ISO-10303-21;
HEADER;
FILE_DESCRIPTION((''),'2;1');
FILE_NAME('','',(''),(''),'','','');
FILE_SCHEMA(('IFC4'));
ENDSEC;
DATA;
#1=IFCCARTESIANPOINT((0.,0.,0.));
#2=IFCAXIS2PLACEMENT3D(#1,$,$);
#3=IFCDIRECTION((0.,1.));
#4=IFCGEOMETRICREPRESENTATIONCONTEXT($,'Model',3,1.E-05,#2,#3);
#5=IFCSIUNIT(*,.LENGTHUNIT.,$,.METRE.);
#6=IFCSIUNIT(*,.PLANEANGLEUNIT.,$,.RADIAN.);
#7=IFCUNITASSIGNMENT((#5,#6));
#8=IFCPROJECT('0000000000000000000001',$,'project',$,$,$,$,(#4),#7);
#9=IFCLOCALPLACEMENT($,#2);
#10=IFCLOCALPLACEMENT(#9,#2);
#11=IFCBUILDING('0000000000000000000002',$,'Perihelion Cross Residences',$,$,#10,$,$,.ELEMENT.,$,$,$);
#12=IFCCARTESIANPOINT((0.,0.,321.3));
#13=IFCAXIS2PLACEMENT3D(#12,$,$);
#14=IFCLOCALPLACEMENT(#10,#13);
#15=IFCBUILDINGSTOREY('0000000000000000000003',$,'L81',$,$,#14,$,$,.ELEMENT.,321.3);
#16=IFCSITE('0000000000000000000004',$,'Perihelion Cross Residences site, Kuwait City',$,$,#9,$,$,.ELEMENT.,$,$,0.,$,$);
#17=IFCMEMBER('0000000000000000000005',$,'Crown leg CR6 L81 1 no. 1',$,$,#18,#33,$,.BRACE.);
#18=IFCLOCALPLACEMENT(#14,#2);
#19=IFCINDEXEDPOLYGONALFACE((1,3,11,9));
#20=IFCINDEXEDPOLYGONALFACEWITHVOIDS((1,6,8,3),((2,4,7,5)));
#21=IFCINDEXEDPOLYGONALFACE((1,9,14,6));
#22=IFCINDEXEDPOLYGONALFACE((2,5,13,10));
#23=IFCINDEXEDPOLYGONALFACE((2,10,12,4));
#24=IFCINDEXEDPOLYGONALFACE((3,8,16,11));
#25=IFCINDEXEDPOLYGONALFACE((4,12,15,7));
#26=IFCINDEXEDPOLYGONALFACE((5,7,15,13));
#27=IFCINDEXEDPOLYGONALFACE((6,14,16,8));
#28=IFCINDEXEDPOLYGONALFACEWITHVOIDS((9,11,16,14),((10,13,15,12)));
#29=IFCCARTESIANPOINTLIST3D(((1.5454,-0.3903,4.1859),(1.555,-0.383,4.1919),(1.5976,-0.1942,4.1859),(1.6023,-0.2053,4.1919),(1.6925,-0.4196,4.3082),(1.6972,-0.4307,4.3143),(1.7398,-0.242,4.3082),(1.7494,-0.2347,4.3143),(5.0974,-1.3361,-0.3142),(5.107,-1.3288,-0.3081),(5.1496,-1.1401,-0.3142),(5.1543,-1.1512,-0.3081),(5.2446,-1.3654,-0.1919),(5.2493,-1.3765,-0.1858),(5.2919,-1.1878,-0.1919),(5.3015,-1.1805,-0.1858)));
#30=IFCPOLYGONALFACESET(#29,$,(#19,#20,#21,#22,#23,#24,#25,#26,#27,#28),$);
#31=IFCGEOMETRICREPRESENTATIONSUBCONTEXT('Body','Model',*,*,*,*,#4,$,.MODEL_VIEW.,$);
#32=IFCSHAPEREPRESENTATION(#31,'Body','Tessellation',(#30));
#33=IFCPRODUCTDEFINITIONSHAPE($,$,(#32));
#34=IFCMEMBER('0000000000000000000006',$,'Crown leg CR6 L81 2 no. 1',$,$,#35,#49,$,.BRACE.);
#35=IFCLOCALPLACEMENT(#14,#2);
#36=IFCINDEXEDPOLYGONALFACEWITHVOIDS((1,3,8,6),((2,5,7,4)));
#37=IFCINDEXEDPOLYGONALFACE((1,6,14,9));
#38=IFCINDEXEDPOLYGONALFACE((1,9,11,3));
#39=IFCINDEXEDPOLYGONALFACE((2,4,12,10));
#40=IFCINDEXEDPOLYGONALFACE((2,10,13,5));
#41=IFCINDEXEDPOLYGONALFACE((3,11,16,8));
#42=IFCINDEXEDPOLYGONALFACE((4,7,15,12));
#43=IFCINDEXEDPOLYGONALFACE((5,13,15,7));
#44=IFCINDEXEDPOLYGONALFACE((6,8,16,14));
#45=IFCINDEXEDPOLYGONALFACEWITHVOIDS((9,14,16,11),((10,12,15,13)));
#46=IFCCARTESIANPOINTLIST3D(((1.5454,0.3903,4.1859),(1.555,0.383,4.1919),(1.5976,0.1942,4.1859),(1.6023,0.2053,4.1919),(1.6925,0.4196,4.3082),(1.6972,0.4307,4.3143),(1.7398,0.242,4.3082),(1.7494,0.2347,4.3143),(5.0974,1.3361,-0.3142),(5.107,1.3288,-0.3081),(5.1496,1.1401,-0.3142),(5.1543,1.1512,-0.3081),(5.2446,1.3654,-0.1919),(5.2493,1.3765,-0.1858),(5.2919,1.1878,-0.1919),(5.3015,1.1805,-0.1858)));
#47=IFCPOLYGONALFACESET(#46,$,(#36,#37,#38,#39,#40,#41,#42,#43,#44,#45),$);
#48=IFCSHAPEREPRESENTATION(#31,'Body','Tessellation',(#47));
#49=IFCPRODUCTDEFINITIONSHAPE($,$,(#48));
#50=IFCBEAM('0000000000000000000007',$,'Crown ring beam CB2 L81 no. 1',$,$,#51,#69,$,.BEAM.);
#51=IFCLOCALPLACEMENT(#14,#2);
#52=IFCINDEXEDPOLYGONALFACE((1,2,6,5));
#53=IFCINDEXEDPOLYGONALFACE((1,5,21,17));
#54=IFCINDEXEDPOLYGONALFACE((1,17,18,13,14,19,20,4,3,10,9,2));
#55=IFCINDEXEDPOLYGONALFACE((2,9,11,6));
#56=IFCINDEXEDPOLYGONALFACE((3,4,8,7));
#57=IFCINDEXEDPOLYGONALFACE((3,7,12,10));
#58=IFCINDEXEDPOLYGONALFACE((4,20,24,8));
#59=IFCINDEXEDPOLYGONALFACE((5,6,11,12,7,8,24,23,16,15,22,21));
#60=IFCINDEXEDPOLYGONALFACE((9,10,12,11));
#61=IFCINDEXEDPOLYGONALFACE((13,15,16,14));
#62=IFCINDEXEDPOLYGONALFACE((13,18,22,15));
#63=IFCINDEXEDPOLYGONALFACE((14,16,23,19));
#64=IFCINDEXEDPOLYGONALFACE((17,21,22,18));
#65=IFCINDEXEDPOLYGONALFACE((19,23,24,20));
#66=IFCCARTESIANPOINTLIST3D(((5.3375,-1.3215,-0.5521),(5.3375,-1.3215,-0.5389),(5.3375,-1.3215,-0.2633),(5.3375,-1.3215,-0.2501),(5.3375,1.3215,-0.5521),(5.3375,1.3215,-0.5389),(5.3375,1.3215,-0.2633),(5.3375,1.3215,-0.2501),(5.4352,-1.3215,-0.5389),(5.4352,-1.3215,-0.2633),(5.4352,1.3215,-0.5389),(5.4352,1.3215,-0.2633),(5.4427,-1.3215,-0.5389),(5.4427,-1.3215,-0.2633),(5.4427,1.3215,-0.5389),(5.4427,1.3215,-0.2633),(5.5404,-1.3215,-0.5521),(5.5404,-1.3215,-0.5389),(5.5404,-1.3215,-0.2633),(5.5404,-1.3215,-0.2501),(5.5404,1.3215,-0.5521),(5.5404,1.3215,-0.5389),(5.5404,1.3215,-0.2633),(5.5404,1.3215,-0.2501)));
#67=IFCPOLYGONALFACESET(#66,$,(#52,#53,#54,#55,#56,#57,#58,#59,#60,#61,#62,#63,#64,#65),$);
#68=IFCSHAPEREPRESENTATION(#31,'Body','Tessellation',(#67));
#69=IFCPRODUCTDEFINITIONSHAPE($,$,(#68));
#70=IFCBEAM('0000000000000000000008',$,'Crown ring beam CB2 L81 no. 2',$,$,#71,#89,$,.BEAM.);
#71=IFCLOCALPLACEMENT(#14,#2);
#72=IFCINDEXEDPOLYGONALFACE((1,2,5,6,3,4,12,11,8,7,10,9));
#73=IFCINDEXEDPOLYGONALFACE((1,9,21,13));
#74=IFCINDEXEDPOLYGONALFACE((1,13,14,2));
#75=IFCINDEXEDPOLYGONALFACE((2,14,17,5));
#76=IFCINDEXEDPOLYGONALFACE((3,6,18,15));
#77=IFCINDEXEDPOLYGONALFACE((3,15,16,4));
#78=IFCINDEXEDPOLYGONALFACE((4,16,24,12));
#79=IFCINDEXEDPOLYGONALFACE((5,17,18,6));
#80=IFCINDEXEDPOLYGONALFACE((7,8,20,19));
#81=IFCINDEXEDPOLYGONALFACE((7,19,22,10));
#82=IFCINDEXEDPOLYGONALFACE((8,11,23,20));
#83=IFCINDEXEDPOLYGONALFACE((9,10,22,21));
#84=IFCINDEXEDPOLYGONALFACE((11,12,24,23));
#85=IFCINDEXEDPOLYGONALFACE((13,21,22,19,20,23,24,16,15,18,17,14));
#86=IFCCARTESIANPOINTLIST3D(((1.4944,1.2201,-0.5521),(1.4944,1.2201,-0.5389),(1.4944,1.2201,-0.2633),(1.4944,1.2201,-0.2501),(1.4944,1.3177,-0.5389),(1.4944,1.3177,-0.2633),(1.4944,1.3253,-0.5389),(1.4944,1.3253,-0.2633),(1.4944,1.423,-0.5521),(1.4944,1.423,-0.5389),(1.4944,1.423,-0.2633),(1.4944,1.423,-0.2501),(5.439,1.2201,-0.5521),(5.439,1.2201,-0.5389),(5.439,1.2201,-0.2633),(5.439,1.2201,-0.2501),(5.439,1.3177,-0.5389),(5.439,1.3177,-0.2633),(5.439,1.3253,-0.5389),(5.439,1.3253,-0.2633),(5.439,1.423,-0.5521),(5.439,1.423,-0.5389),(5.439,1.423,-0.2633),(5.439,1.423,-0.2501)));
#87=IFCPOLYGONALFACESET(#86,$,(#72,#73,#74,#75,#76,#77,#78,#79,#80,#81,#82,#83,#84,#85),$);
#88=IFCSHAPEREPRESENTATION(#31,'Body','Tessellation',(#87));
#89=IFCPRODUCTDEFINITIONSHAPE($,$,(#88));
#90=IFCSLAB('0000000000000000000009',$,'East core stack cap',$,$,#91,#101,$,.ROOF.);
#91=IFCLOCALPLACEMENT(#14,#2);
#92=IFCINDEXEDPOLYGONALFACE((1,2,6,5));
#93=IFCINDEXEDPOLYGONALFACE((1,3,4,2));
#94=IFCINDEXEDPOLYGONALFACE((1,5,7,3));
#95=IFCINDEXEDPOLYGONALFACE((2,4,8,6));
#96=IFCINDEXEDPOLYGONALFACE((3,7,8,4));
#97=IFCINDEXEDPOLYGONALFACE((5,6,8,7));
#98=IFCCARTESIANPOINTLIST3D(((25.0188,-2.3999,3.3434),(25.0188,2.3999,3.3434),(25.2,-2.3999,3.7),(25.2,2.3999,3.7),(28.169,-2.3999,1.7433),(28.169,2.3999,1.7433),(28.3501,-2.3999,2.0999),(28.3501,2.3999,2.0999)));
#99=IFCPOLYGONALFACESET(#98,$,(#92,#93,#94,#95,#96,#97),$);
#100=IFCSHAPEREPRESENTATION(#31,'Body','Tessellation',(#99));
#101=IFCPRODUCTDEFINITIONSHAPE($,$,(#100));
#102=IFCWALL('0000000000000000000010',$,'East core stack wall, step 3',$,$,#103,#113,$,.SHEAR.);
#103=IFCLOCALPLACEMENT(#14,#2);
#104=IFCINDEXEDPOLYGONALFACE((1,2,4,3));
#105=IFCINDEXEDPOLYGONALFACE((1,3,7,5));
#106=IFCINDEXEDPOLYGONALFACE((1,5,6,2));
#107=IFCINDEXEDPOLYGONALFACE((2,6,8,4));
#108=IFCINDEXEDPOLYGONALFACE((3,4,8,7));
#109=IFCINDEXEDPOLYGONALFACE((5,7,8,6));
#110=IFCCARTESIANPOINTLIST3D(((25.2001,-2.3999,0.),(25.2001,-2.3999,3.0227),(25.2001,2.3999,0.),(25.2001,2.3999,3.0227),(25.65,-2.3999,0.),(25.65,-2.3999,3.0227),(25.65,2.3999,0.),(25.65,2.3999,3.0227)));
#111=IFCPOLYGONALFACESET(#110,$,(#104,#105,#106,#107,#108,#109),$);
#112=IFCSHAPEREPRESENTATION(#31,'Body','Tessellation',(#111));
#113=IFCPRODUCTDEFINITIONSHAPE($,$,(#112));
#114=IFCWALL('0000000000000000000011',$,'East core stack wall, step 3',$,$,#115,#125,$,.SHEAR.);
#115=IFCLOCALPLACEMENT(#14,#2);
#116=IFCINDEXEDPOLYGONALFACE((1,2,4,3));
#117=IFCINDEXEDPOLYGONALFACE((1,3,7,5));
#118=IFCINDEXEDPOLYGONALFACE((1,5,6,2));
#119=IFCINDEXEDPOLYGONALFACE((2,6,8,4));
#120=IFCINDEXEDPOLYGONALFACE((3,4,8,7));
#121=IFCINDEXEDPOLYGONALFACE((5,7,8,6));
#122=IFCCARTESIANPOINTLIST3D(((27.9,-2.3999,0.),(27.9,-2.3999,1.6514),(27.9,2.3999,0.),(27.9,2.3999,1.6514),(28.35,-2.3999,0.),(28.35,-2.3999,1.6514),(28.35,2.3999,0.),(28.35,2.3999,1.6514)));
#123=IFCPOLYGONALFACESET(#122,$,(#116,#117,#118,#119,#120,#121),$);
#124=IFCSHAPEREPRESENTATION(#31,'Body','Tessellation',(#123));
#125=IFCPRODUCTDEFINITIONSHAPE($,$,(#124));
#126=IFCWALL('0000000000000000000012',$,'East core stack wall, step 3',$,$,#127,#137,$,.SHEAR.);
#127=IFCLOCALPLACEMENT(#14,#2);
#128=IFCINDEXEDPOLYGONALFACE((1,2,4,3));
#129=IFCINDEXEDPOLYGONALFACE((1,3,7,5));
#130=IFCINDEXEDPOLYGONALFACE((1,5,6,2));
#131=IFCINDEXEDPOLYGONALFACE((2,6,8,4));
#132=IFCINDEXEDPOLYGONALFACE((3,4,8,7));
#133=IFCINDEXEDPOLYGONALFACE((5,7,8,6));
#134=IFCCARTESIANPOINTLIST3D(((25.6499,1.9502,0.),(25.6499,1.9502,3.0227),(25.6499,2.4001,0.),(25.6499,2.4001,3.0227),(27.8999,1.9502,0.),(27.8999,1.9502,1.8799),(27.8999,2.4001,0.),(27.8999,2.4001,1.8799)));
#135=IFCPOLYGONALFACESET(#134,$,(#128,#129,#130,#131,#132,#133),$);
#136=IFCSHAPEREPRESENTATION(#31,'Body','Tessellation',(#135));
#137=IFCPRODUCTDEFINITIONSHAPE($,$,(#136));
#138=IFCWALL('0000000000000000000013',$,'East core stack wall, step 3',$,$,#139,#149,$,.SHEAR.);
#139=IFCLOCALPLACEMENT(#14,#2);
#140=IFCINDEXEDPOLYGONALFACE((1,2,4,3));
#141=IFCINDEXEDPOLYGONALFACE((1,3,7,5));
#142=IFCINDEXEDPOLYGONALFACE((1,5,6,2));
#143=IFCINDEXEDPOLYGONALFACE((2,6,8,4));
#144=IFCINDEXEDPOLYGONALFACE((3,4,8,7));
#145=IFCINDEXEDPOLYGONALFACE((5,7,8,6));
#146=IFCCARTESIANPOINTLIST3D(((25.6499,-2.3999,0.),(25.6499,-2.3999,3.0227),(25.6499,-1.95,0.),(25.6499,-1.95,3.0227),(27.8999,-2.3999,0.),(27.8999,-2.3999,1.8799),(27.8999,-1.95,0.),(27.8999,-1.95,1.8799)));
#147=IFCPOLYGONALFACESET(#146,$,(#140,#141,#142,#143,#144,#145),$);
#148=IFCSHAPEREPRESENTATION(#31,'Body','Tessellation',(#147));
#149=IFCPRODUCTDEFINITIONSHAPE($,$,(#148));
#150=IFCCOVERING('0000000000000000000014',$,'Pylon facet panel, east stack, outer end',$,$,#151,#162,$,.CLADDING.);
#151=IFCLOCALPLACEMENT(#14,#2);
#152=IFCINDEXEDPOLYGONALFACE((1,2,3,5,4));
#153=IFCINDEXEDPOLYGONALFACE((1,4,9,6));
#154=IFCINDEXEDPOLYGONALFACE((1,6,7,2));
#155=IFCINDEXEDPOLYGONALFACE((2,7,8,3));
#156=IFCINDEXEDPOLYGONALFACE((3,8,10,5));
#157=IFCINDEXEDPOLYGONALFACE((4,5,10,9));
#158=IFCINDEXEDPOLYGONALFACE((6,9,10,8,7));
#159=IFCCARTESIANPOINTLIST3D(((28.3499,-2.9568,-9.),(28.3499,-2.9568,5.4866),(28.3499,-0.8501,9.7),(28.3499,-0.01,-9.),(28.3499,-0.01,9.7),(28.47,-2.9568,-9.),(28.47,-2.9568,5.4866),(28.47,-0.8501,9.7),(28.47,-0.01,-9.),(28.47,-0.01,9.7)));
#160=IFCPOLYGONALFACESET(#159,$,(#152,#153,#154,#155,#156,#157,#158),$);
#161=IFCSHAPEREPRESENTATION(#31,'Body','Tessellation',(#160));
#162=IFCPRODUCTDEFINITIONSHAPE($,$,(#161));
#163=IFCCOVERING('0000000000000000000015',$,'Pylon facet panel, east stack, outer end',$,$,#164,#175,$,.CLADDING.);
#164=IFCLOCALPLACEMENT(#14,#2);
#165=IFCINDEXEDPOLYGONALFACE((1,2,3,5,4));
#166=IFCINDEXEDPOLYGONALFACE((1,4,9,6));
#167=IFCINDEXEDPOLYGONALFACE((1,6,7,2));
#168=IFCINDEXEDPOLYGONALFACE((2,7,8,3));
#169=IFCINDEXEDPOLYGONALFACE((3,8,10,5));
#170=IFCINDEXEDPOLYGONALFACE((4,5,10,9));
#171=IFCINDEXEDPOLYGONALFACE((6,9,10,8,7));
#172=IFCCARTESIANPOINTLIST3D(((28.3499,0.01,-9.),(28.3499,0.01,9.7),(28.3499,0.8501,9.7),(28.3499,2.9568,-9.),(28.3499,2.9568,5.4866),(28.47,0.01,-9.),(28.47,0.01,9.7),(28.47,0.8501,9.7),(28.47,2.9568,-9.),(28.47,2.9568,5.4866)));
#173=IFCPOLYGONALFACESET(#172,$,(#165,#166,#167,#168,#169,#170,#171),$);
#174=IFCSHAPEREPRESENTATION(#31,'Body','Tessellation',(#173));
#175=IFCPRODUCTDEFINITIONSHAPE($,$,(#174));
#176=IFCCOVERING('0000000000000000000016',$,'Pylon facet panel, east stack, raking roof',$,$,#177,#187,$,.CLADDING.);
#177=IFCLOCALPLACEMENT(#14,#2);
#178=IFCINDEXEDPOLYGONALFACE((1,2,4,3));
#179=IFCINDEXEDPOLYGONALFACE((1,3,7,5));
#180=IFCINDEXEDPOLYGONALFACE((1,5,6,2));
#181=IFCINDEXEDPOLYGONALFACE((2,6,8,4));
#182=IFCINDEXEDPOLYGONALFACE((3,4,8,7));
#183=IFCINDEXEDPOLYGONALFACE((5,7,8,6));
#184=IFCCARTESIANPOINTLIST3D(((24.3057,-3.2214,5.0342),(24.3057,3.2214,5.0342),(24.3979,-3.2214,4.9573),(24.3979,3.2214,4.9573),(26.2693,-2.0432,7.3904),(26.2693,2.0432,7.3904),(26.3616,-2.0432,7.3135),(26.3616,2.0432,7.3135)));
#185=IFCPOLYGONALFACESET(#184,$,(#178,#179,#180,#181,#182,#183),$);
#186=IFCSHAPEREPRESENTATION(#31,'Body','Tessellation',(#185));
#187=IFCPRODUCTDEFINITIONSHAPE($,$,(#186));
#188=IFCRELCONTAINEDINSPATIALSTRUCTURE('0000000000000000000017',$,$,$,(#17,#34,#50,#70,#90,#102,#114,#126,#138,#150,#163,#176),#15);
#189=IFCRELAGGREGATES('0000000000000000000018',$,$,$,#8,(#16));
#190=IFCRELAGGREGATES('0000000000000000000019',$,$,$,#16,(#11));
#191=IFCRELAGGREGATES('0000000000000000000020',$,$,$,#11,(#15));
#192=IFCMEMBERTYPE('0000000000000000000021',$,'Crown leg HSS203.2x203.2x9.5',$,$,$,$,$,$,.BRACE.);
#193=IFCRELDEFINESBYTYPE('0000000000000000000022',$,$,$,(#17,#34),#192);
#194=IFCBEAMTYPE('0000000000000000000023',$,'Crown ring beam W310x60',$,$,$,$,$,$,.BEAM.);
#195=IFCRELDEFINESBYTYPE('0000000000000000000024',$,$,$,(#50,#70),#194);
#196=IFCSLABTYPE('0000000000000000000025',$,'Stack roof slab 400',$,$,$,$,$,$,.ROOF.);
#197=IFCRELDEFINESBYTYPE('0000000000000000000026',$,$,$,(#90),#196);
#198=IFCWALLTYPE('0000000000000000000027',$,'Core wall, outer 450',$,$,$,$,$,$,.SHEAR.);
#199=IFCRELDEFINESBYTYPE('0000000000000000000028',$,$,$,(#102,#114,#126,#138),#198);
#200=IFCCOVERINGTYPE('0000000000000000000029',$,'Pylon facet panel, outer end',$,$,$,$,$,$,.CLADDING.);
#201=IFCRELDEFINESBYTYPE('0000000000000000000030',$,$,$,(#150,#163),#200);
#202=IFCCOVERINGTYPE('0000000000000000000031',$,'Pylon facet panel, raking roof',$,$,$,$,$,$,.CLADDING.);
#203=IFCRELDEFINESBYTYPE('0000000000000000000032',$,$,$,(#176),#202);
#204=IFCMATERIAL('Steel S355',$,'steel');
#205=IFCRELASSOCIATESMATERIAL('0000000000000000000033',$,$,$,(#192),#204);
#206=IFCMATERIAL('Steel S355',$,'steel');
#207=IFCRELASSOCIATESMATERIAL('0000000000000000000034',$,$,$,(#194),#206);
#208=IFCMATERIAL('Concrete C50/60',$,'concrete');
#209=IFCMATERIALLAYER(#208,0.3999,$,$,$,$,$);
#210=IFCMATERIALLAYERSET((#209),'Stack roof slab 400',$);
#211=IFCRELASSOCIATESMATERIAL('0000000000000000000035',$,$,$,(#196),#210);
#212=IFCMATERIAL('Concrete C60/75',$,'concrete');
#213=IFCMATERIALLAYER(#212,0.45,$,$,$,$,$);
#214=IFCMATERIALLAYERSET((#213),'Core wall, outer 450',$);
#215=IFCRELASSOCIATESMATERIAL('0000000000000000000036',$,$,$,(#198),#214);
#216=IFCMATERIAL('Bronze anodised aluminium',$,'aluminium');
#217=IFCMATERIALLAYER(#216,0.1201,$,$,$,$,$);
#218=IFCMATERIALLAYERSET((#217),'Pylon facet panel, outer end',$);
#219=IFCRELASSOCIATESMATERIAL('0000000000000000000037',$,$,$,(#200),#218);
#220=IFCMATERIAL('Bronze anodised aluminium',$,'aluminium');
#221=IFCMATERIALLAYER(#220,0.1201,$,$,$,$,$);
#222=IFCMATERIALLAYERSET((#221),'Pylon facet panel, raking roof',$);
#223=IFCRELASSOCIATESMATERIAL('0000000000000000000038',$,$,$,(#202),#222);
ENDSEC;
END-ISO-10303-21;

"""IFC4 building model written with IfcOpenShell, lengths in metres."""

from ifc_helpers import new_model, si_unit, direction, frame, frame_2d, origin, origin_2d, place, context, subcontext, project, spatial, polyline, rectangle, hollow_rectangle, i_section, outline, extrude, material, layer, layer_set, material_profile, profile_set, type_object, element, save


model = new_model("IFC4")

# Units and contexts
model_context = context("Model", 3, precision=1e-05, world=origin(), true_north=direction((0.0, 1.0)))
body_context = subcontext(model_context, "Body", "Model", "MODEL_VIEW")
ifc_project = project(units=[si_unit("LENGTHUNIT", "METRE"), si_unit("PLANEANGLEUNIT", "RADIAN")], contexts=[model_context])

# Site, building, storey
site_placement = place(None, origin())
site = spatial("IfcSite", under=ifc_project, at=site_placement, Name="Perihelion Cross Residences site, Kuwait City", CompositionType="ELEMENT", RefElevation=0.0)
building_placement = place(site_placement, origin())
building = spatial("IfcBuilding", under=site, at=building_placement, Name="Perihelion Cross Residences", CompositionType="ELEMENT")
storey_placement = place(building_placement, frame((0.0, 0.0, 321.3)))
storey = spatial("IfcBuildingStorey", under=building, at=storey_placement, Name="L81", CompositionType="ELEMENT", Elevation=321.3)

# Members
ifc_material_1 = material(Name="Steel S355", Category="steel")
ifc_material_profile_1 = material_profile(ifc_material_1, hollow_rectangle(XDim=0.2029, YDim=0.2029, WallThickness=0.0095, at=origin_2d()), Name="HSS203.2x203.2x9.5")
ifc_profile_set_1 = profile_set([ifc_material_profile_1], Name="Steel S355")
member_type = type_object("IfcMemberType", Name="Crown leg HSS203.2x203.2x9.5", PredefinedType="BRACE", material=ifc_profile_set_1)
for number, where, z_axis, x_axis, name in (
    (1, (5.1995, -1.2583, -0.25), (-0.611313, 0.162776, 0.774468), (-0.257307, -0.96633, 0.0), "Crown leg CR6 L81 1 no. 1"),
    (2, (5.1995, 1.2583, -0.25), (-0.611313, -0.162776, 0.774468), (0.257307, -0.96633, 0.0), "Crown leg CR6 L81 2 no. 1"),
):
    element("IfcMember", number, at=place(storey_placement, frame(where, z_axis=z_axis, x_axis=x_axis)), inside=storey, type_object=member_type, Name=name, PredefinedType="BRACE", context=body_context, shape_type="SweptSolid", body=[
        extrude(hollow_rectangle(XDim=0.2029, YDim=0.2029, WallThickness=0.0095, at=origin_2d()), origin(), (0.0, 0.0, 1.0), 5.8105),
    ])

# Beams
ifc_material_2 = material(Name="Steel S355", Category="steel")
ifc_material_profile_2 = material_profile(ifc_material_2, i_section(OverallWidth=0.2029, OverallDepth=0.302, WebThickness=0.0076, FlangeThickness=0.0132, at=origin_2d()), Name="W310x60")
ifc_profile_set_2 = profile_set([ifc_material_profile_2], Name="Steel S355")
beam_type = type_object("IfcBeamType", Name="Crown ring beam W310x60", PredefinedType="BEAM", material=ifc_profile_set_2)
beam_1_placement = place(storey_placement, frame((5.439, -1.3215, -0.4011), z_axis=(0.0, 1.0, 0.0), x_axis=(-1.0, 0.0, 0.0)))
element("IfcBeam", 3, at=beam_1_placement, inside=storey, type_object=beam_type, Name="Crown ring beam CB2 L81 no. 1", PredefinedType="BEAM", context=body_context, shape_type="SweptSolid", body=[
    extrude(i_section(OverallWidth=0.2029, OverallDepth=0.302, WebThickness=0.0076, FlangeThickness=0.0132, at=origin_2d()), origin(), (0.0, 0.0, 1.0), 2.6431),
])
beam_2_placement = place(storey_placement, frame((5.439, 1.3215, -0.4011), z_axis=(-1.0, 0.0, 0.0), x_axis=(0.0, -1.0, 0.0)))
element("IfcBeam", 4, at=beam_2_placement, inside=storey, type_object=beam_type, Name="Crown ring beam CB2 L81 no. 2", PredefinedType="BEAM", context=body_context, shape_type="SweptSolid", body=[
    extrude(i_section(OverallWidth=0.2029, OverallDepth=0.302, WebThickness=0.0076, FlangeThickness=0.0132, at=origin_2d()), origin(), (0.0, 0.0, 1.0), 3.9446),
])

# Slab
ifc_material_3 = material(Name="Concrete C50/60", Category="concrete")
ifc_layer_1 = layer(ifc_material_3, 0.3999)
ifc_layer_set_1 = layer_set([ifc_layer_1], Name="Stack roof slab 400")
slab_type = type_object("IfcSlabType", Name="Stack roof slab 400", PredefinedType="ROOF", material=ifc_layer_set_1)
slab_placement = place(storey_placement, frame((25.2, -2.3999, 3.7), z_axis=(0.452871, 0.0, 0.891576), x_axis=(0.891576, 0.0, -0.452871)))
element("IfcSlab", 5, at=slab_placement, inside=storey, type_object=slab_type, Name="East core stack cap", PredefinedType="ROOF", context=body_context, shape_type="SweptSolid", body=[
    extrude(outline(polyline([(0.0, 0.0), (3.5332, 0.0), (3.5332, 4.7998), (0.0, 4.7998), (0.0, 0.0)])), origin(), (0.0, 0.0, -1.0), 0.3999),
])

# Walls
ifc_material_4 = material(Name="Concrete C60/75", Category="concrete")
ifc_layer_2 = layer(ifc_material_4, 0.45)
ifc_layer_set_2 = layer_set([ifc_layer_2], Name="Core wall, outer 450")
wall_type = type_object("IfcWallType", Name="Core wall, outer 450", PredefinedType="SHEAR", material=ifc_layer_set_2)
wall_1_placement = place(storey_placement, frame((25.425, -2.3999, 0.0), z_axis=(0.0, 0.0, 1.0), x_axis=(0.0, 1.0, 0.0)))
element("IfcWall", 6, at=wall_1_placement, inside=storey, type_object=wall_type, Name="East core stack wall, step 3", PredefinedType="SHEAR", context=body_context, shape_type="SweptSolid", body=[
    extrude(rectangle(XDim=4.7998, YDim=0.45, at=frame_2d((2.3999, 0.0))), origin(), (0.0, 0.0, 1.0), 3.0227),
])
wall_2_placement = place(storey_placement, frame((28.125, -2.3999, 0.0), z_axis=(0.0, 0.0, 1.0), x_axis=(0.0, 1.0, 0.0)))
element("IfcWall", 7, at=wall_2_placement, inside=storey, type_object=wall_type, Name="East core stack wall, step 3", PredefinedType="SHEAR", context=body_context, shape_type="SweptSolid", body=[
    extrude(rectangle(XDim=4.7998, YDim=0.45, at=frame_2d((2.3999, 0.0))), origin(), (0.0, 0.0, 1.0), 1.6514),
])
for number, where, z_axis, x_axis, name in (
    (8, (25.6499, 2.175, 0.0), (0.0, 0.0, 1.0), (1.0, 0.0, 0.0), "East core stack wall, step 3"),
    (9, (25.6499, -2.175, 0.0), (0.0, 0.0, 1.0), (1.0, 0.0, 0.0), "East core stack wall, step 3"),
):
    element("IfcWall", number, at=place(storey_placement, frame(where, z_axis=z_axis, x_axis=x_axis)), inside=storey, type_object=wall_type, Name=name, PredefinedType="SHEAR", context=body_context, shape_type="SweptSolid", body=[
        extrude(outline(polyline([(0.0, 0.0), (2.25, 0.0), (2.25, 1.8799), (0.0, 3.0227), (0.0, 0.0)])), frame((0.0, 0.2251, 0.0), z_axis=(0.0, -1.0, 0.0), x_axis=(1.0, 0.0, 0.0)), (0.0, 0.0, 1.0), 0.45),
    ])

# Coverings
ifc_material_5 = material(Name="Bronze anodised aluminium", Category="aluminium")
ifc_layer_3 = layer(ifc_material_5, 0.1201)
ifc_layer_set_3 = layer_set([ifc_layer_3], Name="Pylon facet panel, outer end")
covering_type_1 = type_object("IfcCoveringType", Name="Pylon facet panel, outer end", PredefinedType="CLADDING", material=ifc_layer_set_3)
covering_1_placement = place(storey_placement, frame((28.47, -2.9568, 5.4866), z_axis=(1.0, 0.0, 0.0), x_axis=(0.0, 0.0, -1.0)))
element("IfcCovering", 10, at=covering_1_placement, inside=storey, type_object=covering_type_1, Name="Pylon facet panel, east stack, outer end", PredefinedType="CLADDING", context=body_context, shape_type="SweptSolid", body=[
    extrude(outline(polyline([(0.0, 0.0), (14.4866, 0.0), (14.4866, 2.9468), (-4.2134, 2.9468), (-4.2134, 2.1067), (0.0, 0.0)])), origin(), (0.0, 0.0, -1.0), 0.1201),
])
covering_2_placement = place(storey_placement, frame((28.47, 0.01, 9.7), z_axis=(1.0, 0.0, 0.0), x_axis=(0.0, 0.0, -1.0)))
element("IfcCovering", 11, at=covering_2_placement, inside=storey, type_object=covering_type_1, Name="Pylon facet panel, east stack, outer end", PredefinedType="CLADDING", context=body_context, shape_type="SweptSolid", body=[
    extrude(outline(polyline([(0.0, 0.0), (18.7, 0.0), (18.7, 2.9468), (4.2134, 2.9468), (0.0, 0.8401), (0.0, 0.0)])), origin(), (0.0, 0.0, -1.0), 0.1201),
])
ifc_material_6 = material(Name="Bronze anodised aluminium", Category="aluminium")
ifc_layer_4 = layer(ifc_material_6, 0.1201)
ifc_layer_set_4 = layer_set([ifc_layer_4], Name="Pylon facet panel, raking roof")
covering_type_2 = type_object("IfcCoveringType", Name="Pylon facet panel, raking roof", PredefinedType="CLADDING", material=ifc_layer_set_4)
covering_3_placement = place(storey_placement, frame((24.3057, 3.2214, 5.0342), z_axis=(-0.768202, 0.0, 0.640208), x_axis=(0.0, -1.0, 0.0)))
element("IfcCovering", 12, at=covering_3_placement, inside=storey, type_object=covering_type_2, Name="Pylon facet panel, east stack, raking roof", PredefinedType="CLADDING", context=body_context, shape_type="SweptSolid", body=[
    extrude(outline(polyline([(0.0, 0.0), (6.4429, 0.0), (5.2646, 3.0672), (1.1782, 3.0672), (0.0, 0.0)])), origin(), (0.0, 0.0, -1.0), 0.1201),
])

save(model, "model.ifc")
